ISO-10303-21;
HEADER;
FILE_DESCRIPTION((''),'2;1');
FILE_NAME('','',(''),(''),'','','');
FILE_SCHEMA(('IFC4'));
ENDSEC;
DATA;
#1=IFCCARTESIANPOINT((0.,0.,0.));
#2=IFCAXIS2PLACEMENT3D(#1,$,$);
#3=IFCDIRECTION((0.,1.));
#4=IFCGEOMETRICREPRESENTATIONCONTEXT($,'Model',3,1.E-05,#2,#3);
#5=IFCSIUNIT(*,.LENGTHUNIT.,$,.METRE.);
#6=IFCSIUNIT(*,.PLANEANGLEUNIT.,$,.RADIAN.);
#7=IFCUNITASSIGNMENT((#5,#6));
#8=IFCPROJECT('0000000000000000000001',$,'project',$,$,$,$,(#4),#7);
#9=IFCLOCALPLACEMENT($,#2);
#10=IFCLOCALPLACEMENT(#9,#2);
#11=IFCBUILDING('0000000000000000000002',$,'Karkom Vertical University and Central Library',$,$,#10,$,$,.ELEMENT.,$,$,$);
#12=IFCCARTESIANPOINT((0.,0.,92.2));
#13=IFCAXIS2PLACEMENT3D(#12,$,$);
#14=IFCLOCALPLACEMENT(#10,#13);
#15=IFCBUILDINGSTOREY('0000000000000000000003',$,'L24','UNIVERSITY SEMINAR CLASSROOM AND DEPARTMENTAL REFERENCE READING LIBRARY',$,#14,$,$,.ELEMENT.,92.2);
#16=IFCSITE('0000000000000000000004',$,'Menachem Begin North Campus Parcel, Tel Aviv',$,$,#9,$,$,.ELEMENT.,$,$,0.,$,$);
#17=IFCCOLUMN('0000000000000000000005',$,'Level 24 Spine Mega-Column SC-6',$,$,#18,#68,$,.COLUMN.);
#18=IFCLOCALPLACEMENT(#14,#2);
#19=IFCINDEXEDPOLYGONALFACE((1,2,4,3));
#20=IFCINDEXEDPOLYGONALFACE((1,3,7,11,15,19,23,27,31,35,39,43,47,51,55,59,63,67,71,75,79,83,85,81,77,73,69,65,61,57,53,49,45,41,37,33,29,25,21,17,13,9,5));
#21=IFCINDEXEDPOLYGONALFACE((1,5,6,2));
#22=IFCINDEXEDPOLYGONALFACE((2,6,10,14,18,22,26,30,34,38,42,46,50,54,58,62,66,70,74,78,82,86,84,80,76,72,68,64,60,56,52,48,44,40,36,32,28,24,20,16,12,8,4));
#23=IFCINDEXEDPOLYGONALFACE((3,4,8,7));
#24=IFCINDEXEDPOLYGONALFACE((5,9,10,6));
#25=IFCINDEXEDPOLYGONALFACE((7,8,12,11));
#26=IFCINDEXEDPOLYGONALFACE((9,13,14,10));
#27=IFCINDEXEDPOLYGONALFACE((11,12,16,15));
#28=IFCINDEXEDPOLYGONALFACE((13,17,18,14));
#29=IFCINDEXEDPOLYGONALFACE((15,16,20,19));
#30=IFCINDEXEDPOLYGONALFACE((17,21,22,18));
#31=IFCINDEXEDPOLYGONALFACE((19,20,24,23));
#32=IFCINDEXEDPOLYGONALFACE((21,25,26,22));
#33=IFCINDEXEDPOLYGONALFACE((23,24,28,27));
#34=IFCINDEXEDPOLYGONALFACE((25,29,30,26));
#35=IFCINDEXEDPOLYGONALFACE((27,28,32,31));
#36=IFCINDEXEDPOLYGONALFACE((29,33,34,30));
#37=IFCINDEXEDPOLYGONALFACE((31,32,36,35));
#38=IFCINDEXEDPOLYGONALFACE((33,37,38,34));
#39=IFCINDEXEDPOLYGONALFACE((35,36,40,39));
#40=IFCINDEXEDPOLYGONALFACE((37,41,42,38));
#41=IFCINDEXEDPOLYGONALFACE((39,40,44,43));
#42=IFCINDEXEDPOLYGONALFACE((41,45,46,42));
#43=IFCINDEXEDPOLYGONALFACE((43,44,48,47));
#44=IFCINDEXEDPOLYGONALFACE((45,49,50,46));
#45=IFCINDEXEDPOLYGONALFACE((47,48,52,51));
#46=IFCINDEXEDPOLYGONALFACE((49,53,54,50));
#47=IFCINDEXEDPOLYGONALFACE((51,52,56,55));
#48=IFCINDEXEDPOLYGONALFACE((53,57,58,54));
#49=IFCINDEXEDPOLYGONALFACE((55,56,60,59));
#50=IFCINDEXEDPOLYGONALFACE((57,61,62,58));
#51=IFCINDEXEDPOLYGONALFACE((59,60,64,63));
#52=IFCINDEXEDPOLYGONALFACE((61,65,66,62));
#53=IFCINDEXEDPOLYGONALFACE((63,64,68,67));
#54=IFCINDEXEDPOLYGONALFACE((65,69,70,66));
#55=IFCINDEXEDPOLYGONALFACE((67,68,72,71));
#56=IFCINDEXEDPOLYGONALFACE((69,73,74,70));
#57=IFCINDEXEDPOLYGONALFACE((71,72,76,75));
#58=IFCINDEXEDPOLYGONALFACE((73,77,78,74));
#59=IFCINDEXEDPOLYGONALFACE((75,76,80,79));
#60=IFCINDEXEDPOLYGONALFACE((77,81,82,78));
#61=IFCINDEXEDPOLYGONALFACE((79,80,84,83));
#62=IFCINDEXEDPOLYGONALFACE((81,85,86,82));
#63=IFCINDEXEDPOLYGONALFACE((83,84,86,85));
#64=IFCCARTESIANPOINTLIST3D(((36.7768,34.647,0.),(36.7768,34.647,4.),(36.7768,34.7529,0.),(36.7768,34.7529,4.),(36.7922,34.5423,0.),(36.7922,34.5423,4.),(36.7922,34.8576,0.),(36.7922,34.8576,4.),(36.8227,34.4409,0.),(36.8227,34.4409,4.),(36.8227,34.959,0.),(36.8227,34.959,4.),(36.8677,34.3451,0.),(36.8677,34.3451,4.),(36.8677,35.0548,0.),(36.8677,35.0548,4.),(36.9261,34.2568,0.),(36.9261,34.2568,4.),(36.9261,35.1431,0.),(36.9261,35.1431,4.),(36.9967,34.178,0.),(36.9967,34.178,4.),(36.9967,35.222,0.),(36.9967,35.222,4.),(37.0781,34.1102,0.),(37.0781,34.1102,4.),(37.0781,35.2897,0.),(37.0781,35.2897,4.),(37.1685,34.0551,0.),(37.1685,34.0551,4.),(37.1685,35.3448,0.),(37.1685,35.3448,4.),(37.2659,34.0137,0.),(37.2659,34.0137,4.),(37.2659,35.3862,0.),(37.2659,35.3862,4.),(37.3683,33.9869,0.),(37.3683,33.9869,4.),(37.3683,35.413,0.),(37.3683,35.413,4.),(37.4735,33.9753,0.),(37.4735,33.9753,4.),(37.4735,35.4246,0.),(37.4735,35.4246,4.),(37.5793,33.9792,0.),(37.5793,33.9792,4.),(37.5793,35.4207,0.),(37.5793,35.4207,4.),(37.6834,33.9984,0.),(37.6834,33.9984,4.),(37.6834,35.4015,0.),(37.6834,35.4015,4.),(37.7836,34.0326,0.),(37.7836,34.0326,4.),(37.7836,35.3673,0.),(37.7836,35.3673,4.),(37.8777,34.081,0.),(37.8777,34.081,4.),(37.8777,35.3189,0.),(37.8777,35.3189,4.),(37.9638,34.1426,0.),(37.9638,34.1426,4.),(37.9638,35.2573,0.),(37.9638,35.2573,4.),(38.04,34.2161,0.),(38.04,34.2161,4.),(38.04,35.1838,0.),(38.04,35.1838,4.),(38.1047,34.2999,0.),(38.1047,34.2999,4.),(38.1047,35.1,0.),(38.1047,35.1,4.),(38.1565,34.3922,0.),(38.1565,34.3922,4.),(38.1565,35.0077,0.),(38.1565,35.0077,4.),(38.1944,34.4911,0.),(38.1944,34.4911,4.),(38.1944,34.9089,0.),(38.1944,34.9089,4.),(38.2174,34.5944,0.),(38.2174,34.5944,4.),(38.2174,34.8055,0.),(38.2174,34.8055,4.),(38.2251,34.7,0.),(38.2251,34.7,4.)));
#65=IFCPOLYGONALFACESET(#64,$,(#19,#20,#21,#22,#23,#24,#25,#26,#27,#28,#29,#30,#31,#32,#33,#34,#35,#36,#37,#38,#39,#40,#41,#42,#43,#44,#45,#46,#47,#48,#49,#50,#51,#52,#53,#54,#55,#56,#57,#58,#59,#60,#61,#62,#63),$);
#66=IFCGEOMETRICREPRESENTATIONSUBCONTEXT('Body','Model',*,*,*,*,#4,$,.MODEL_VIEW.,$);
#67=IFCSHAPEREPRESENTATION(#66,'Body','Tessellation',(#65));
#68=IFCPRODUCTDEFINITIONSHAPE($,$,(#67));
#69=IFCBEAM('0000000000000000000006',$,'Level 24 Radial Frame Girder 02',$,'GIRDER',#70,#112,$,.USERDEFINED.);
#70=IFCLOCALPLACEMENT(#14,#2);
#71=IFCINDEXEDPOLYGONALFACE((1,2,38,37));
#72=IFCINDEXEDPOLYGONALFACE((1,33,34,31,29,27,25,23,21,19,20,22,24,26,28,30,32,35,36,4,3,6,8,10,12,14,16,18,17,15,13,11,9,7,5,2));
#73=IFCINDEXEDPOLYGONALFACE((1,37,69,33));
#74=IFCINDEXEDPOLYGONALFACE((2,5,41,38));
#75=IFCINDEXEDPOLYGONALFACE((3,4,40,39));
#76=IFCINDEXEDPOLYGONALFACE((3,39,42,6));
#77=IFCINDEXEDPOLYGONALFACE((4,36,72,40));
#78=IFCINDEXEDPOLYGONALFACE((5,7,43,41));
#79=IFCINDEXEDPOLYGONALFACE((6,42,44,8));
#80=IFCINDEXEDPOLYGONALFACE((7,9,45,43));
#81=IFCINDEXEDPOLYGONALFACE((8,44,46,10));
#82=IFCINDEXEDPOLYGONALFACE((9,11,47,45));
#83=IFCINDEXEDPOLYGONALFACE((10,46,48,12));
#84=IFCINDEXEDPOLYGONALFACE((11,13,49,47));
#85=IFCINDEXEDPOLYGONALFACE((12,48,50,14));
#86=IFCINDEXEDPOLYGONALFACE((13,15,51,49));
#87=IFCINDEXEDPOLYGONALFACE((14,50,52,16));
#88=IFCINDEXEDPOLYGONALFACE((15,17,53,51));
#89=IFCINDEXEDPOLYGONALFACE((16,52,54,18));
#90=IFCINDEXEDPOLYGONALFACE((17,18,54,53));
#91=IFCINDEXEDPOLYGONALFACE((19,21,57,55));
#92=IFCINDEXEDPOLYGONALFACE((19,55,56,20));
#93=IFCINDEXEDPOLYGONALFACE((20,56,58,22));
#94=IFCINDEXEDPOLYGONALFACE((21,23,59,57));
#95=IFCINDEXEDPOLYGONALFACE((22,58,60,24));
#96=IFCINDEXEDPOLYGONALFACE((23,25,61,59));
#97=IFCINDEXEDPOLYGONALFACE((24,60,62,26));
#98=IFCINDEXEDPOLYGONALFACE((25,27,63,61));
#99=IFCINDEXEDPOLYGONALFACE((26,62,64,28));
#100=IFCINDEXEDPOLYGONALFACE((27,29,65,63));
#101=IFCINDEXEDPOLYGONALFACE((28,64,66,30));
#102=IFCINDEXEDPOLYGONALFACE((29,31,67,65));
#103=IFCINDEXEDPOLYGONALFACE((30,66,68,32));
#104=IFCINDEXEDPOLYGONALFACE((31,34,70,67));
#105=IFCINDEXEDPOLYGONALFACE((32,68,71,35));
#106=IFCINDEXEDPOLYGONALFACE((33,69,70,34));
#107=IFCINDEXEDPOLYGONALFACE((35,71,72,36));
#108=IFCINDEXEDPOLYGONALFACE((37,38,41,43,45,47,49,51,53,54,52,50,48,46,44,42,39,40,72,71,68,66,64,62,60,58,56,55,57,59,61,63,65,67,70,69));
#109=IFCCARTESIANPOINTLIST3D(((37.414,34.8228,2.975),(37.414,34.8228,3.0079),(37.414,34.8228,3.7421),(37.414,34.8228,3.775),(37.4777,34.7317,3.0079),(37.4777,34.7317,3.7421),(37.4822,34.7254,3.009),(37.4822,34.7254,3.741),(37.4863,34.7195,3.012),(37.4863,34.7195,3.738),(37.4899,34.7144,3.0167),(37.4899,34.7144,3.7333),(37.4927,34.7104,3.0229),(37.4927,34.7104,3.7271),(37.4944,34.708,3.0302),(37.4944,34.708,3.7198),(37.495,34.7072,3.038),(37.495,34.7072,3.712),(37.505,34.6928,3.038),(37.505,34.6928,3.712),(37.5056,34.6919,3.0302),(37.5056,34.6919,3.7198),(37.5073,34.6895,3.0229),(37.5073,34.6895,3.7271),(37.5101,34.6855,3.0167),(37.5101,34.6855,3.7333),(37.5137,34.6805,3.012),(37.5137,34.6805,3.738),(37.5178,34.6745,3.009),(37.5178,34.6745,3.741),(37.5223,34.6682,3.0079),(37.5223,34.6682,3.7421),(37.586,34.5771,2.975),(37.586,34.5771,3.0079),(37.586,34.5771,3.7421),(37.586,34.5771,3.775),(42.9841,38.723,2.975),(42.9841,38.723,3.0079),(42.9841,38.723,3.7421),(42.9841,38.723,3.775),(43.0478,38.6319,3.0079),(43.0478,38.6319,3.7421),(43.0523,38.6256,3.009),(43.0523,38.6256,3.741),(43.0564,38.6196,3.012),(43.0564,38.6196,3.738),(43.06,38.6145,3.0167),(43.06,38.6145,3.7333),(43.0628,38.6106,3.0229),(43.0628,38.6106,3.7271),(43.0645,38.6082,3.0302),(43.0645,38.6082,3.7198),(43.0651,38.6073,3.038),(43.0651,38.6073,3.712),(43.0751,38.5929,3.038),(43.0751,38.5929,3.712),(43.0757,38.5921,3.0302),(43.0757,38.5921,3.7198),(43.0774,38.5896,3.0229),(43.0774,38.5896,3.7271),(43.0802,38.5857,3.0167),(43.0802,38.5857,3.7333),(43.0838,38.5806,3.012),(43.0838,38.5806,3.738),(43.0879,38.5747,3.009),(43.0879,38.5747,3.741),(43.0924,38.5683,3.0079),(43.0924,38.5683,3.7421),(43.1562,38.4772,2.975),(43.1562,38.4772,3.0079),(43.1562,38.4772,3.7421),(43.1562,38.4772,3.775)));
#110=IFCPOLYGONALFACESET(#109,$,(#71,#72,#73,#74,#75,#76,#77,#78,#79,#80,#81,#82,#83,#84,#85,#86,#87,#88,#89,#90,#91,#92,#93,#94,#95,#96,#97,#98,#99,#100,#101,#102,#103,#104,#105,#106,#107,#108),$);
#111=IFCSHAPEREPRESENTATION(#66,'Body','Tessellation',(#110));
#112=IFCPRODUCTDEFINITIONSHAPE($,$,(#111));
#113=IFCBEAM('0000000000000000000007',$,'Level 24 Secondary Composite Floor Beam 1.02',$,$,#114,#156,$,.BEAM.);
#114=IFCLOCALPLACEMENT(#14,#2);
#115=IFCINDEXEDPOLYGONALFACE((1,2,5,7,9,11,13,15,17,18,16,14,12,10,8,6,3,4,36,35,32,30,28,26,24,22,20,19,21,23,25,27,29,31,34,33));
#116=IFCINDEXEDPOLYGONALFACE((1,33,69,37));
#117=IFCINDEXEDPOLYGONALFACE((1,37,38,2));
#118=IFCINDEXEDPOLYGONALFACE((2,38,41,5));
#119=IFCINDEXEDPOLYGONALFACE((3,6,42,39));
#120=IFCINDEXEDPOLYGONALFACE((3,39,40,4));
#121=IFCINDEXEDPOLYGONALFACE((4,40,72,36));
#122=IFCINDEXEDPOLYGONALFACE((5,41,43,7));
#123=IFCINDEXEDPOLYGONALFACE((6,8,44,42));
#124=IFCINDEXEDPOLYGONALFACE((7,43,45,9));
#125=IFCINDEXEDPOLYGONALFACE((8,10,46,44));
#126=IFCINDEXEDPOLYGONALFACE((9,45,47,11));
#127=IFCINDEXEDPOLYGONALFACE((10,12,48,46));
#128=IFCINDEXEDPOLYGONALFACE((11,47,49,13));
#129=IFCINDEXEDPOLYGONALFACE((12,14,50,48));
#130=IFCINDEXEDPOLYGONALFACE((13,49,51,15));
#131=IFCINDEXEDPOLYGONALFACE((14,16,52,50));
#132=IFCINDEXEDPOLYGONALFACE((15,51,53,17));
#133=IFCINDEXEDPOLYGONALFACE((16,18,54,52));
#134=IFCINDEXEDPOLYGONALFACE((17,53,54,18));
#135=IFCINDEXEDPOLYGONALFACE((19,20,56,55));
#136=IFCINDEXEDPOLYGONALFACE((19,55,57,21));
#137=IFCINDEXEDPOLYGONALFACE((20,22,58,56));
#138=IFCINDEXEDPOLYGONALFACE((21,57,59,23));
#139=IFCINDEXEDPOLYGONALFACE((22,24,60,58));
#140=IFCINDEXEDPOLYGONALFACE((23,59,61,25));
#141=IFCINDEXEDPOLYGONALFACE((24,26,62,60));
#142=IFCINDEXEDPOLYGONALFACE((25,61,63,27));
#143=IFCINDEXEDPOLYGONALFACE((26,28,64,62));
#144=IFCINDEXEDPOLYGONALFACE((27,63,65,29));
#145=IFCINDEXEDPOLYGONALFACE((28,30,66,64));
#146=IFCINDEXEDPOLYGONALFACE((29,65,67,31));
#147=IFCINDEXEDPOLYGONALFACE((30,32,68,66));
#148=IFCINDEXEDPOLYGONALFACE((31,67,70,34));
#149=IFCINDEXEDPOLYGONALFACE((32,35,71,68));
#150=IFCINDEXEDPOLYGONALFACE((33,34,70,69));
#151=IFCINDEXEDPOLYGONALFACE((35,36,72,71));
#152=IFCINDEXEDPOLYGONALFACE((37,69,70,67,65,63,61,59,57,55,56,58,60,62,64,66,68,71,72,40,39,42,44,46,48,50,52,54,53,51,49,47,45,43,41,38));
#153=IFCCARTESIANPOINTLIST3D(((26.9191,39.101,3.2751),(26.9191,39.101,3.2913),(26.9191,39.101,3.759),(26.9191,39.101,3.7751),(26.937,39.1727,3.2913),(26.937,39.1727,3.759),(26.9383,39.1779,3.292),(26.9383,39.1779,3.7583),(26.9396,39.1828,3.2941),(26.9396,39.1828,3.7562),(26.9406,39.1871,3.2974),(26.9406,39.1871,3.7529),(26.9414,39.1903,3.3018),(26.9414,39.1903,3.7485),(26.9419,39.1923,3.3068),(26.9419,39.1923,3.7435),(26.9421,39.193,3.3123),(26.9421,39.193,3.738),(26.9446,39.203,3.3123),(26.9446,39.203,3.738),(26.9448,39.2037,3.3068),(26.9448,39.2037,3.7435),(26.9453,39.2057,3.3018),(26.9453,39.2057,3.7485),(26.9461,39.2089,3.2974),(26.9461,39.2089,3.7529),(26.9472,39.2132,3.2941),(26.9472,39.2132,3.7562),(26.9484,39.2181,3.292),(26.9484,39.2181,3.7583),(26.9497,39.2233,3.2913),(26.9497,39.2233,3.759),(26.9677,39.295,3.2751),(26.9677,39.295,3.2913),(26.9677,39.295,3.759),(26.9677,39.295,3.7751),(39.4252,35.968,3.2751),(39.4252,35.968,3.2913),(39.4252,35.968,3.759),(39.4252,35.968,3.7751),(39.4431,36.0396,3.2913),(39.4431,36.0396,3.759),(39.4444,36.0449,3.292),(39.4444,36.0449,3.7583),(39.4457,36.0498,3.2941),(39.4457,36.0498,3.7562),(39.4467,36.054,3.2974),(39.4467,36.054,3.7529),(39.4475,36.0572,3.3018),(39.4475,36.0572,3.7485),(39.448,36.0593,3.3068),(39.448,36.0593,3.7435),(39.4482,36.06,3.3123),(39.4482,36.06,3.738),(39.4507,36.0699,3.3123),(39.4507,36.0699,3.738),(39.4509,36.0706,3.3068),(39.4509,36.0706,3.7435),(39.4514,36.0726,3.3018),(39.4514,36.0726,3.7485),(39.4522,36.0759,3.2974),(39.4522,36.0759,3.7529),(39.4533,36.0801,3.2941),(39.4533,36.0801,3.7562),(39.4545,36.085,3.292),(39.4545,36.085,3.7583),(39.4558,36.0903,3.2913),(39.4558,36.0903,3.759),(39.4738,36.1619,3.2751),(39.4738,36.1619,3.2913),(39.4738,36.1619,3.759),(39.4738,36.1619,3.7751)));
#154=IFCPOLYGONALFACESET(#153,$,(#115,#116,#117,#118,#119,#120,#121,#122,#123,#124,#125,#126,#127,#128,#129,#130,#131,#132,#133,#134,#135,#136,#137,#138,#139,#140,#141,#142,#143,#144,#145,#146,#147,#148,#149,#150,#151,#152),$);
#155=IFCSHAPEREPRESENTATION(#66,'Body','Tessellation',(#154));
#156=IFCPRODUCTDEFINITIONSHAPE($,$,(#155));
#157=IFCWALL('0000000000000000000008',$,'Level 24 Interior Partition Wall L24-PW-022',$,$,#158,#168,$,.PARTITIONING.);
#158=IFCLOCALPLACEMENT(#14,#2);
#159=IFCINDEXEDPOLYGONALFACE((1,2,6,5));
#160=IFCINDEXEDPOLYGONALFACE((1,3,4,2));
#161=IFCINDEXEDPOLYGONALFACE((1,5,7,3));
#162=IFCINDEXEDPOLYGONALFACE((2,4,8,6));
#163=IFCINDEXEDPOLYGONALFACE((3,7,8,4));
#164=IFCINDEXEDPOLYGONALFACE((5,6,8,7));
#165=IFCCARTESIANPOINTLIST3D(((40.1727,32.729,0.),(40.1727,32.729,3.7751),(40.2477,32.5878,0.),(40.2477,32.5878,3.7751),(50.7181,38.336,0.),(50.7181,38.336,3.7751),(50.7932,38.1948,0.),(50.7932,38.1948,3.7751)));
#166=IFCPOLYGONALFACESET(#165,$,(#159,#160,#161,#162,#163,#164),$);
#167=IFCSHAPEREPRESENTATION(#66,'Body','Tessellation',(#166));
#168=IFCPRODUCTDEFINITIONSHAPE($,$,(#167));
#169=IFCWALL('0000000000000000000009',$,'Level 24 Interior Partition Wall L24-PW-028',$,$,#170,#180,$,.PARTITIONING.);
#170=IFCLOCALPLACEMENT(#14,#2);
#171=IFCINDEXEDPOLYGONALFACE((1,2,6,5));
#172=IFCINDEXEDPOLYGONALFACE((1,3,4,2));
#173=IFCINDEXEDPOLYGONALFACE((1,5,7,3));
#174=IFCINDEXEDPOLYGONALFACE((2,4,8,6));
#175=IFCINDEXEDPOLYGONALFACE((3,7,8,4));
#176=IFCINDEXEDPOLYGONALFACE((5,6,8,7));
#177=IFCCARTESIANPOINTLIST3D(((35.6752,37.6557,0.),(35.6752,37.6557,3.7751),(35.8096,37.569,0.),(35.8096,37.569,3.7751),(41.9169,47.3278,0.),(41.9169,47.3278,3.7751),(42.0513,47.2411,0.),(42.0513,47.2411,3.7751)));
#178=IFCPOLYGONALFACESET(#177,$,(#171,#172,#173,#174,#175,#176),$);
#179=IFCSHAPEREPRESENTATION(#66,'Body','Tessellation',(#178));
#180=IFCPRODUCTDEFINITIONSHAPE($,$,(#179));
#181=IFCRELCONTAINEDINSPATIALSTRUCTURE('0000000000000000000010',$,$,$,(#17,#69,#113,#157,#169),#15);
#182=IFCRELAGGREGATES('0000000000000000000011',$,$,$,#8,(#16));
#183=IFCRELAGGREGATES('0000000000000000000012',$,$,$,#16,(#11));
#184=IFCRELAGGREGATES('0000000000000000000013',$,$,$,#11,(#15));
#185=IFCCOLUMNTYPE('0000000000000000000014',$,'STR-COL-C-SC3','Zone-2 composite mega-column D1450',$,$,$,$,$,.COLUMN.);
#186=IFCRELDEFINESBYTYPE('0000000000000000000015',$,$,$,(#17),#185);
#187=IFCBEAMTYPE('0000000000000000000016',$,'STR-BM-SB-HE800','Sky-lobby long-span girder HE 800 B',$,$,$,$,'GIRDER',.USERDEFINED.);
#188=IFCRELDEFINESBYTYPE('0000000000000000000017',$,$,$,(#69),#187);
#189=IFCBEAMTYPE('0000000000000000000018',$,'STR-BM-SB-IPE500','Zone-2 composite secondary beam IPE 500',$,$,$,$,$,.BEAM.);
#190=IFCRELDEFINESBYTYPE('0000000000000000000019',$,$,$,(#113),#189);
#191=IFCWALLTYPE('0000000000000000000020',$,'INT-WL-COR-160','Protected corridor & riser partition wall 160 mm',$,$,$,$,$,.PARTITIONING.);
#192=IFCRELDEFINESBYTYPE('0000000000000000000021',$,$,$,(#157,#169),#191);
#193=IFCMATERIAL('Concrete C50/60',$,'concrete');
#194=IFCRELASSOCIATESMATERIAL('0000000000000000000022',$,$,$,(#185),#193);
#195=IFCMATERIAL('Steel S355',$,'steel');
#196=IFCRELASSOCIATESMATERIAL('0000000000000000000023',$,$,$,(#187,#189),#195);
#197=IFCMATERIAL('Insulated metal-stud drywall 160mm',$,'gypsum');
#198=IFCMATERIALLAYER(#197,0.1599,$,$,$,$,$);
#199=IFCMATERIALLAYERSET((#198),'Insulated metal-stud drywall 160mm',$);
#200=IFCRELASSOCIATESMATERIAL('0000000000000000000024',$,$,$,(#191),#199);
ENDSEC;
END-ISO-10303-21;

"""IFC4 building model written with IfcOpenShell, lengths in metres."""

from ifc_helpers import new_model, si_unit, direction, frame, frame_2d, origin, origin_with_axes, origin_2d, place, context, subcontext, project, spatial, rectangle, circle, i_section, extrude, source, transform, mapped, material, layer, layer_set, material_profile, profile_set, type_object, element, save


model = new_model("IFC4")

# Units and contexts
model_context = context("Model", 3, precision=1e-05, world=origin(), true_north=direction((0.0, 1.0)))
body_context = subcontext(model_context, "Body", "Model", "MODEL_VIEW")
ifc_project = project(units=[si_unit("LENGTHUNIT", "METRE"), si_unit("PLANEANGLEUNIT", "RADIAN")], contexts=[model_context])

# Site, building, storey
site_placement = place(None, origin())
site = spatial("IfcSite", under=ifc_project, at=site_placement, Name="Menachem Begin North Campus Parcel, Tel Aviv", CompositionType="ELEMENT", RefElevation=0.0)
building_placement = place(site_placement, origin())
building = spatial("IfcBuilding", under=site, at=building_placement, Name="Karkom Vertical University and Central Library", CompositionType="ELEMENT")
storey_placement = place(building_placement, frame((0.0, 0.0, 92.2)))
storey = spatial("IfcBuildingStorey", under=building, at=storey_placement, Name="L24", Description="UNIVERSITY SEMINAR CLASSROOM AND DEPARTMENTAL REFERENCE READING LIBRARY", CompositionType="ELEMENT", Elevation=92.2)

# Column
ifc_material_1 = material(Name="Concrete C50/60", Category="concrete")
ifc_material_profile_1 = material_profile(ifc_material_1, circle(Radius=0.7251, at=origin_2d()), Name="CFT-D1450")
ifc_profile_set_1 = profile_set([ifc_material_profile_1], Name="Concrete C50/60")
column_type = type_object("IfcColumnType", Name="STR-COL-C-SC3", Description="Zone-2 composite mega-column D1450", PredefinedType="COLUMN", material=ifc_profile_set_1)
shared_shape_1 = source(origin_with_axes(), body_context, "Body", "SweptSolid", [
    extrude(circle(Radius=0.7251, at=origin_2d()), origin(), (0.0, 0.0, 1.0), 4.0),
])
column_placement = place(storey_placement, frame((37.5, 34.7, 0.0), z_axis=(0.0, 0.0, 1.0), x_axis=(1.0, 0.0, 0.0)))
element("IfcColumn", 1, at=column_placement, inside=storey, type_object=column_type, Name="Level 24 Spine Mega-Column SC-6", PredefinedType="COLUMN", context=body_context, shape_type="MappedRepresentation", body=[
    mapped(shared_shape_1, transform((0.0, 0.0, 0.0), scale=1.0)),
])

# Beams
ifc_material_2 = material(Name="Steel S355", Category="steel")
ifc_material_profile_2 = material_profile(ifc_material_2, i_section(OverallWidth=0.3, OverallDepth=0.8, WebThickness=0.0176, FlangeThickness=0.033, FilletRadius=0.03, at=origin_2d()), Name="HE 800 B")
ifc_profile_set_2 = profile_set([ifc_material_profile_2], Name="Steel S355")
beam_type_1 = type_object("IfcBeamType", Name="STR-BM-SB-HE800", Description="Sky-lobby long-span girder HE 800 B", ElementType="GIRDER", PredefinedType="USERDEFINED", material=ifc_profile_set_2)
shared_shape_2 = source(origin_with_axes(), body_context, "Body", "SweptSolid", [
    extrude(i_section(OverallWidth=0.3, OverallDepth=0.8, WebThickness=0.0176, FlangeThickness=0.033, FilletRadius=0.03, at=origin_2d()), origin(), (0.0, 0.0, 1.0), 6.7998),
])
beam_1_placement = place(storey_placement, frame((37.5, 34.7, 3.375), z_axis=(0.819156, 0.573571, 0.0), x_axis=(-0.573571, 0.819156, 0.0)))
element("IfcBeam", 2, at=beam_1_placement, inside=storey, type_object=beam_type_1, Name="Level 24 Radial Frame Girder 02", ObjectType="GIRDER", PredefinedType="USERDEFINED", context=body_context, shape_type="MappedRepresentation", body=[
    mapped(shared_shape_2, transform((0.0, 0.0, 0.0), scale=1.0)),
])
ifc_material_profile_3 = material_profile(ifc_material_2, i_section(OverallWidth=0.2, OverallDepth=0.5, WebThickness=0.0103, FlangeThickness=0.0161, FilletRadius=0.021, at=origin_2d()), Name="IPE 500")
ifc_profile_set_3 = profile_set([ifc_material_profile_3], Name="Steel S355")
beam_type_2 = type_object("IfcBeamType", Name="STR-BM-SB-IPE500", Description="Zone-2 composite secondary beam IPE 500", PredefinedType="BEAM", material=ifc_profile_set_3)
shared_shape_3 = source(origin_with_axes(), body_context, "Body", "SweptSolid", [
    extrude(i_section(OverallWidth=0.2, OverallDepth=0.5, WebThickness=0.0103, FlangeThickness=0.0161, FilletRadius=0.021, at=origin_2d()), origin(), (0.0, 0.0, 1.0), 12.8926),
])
beam_2_placement = place(storey_placement, frame((39.4495, 36.0649, 3.5251), z_axis=(-0.970023, 0.243012, 0.0), x_axis=(-0.243012, -0.970023, 0.0)))
element("IfcBeam", 3, at=beam_2_placement, inside=storey, type_object=beam_type_2, Name="Level 24 Secondary Composite Floor Beam 1.02", PredefinedType="BEAM", context=body_context, shape_type="MappedRepresentation", body=[
    mapped(shared_shape_3, transform((0.0, 0.0, 0.0), scale=1.0)),
])

# Walls
ifc_material_3 = material(Name="Insulated metal-stud drywall 160mm", Category="gypsum")
ifc_layer_1 = layer(ifc_material_3, 0.1599)
ifc_layer_set_1 = layer_set([ifc_layer_1], Name="Insulated metal-stud drywall 160mm")
wall_type_1 = type_object("IfcWallType", Name="INT-WL-COR-160", Description="Protected corridor & riser partition wall 160 mm", PredefinedType="PARTITIONING", material=ifc_layer_set_1)
wall_1_placement = place(storey_placement, frame((40.2102, 32.6584, 0.0), z_axis=(0.0, 0.0, 1.0), x_axis=(0.882953, 0.469461, 0.0)))
element("IfcWall", 4, at=wall_1_placement, inside=storey, type_object=wall_type_1, Name="Level 24 Interior Partition Wall L24-PW-022", PredefinedType="PARTITIONING", context=body_context, shape_type="SweptSolid", body=[
    extrude(rectangle(XDim=11.9434, YDim=0.1599, at=frame_2d((5.9717, 0.0))), origin(), (0.0, 0.0, 1.0), 3.7751),
])
wall_2_placement = place(storey_placement, frame((35.7424, 37.6123, 0.0), z_axis=(0.0, 0.0, 1.0), x_axis=(0.542226, 0.840232, 0.0)))
element("IfcWall", 5, at=wall_2_placement, inside=storey, type_object=wall_type_1, Name="Level 24 Interior Partition Wall L24-PW-028", PredefinedType="PARTITIONING", context=body_context, shape_type="SweptSolid", body=[
    extrude(rectangle(XDim=11.5112, YDim=0.1599, at=frame_2d((5.7556, 0.0))), origin(), (0.0, 0.0, 1.0), 3.7751),
])

save(model, "model.ifc")
